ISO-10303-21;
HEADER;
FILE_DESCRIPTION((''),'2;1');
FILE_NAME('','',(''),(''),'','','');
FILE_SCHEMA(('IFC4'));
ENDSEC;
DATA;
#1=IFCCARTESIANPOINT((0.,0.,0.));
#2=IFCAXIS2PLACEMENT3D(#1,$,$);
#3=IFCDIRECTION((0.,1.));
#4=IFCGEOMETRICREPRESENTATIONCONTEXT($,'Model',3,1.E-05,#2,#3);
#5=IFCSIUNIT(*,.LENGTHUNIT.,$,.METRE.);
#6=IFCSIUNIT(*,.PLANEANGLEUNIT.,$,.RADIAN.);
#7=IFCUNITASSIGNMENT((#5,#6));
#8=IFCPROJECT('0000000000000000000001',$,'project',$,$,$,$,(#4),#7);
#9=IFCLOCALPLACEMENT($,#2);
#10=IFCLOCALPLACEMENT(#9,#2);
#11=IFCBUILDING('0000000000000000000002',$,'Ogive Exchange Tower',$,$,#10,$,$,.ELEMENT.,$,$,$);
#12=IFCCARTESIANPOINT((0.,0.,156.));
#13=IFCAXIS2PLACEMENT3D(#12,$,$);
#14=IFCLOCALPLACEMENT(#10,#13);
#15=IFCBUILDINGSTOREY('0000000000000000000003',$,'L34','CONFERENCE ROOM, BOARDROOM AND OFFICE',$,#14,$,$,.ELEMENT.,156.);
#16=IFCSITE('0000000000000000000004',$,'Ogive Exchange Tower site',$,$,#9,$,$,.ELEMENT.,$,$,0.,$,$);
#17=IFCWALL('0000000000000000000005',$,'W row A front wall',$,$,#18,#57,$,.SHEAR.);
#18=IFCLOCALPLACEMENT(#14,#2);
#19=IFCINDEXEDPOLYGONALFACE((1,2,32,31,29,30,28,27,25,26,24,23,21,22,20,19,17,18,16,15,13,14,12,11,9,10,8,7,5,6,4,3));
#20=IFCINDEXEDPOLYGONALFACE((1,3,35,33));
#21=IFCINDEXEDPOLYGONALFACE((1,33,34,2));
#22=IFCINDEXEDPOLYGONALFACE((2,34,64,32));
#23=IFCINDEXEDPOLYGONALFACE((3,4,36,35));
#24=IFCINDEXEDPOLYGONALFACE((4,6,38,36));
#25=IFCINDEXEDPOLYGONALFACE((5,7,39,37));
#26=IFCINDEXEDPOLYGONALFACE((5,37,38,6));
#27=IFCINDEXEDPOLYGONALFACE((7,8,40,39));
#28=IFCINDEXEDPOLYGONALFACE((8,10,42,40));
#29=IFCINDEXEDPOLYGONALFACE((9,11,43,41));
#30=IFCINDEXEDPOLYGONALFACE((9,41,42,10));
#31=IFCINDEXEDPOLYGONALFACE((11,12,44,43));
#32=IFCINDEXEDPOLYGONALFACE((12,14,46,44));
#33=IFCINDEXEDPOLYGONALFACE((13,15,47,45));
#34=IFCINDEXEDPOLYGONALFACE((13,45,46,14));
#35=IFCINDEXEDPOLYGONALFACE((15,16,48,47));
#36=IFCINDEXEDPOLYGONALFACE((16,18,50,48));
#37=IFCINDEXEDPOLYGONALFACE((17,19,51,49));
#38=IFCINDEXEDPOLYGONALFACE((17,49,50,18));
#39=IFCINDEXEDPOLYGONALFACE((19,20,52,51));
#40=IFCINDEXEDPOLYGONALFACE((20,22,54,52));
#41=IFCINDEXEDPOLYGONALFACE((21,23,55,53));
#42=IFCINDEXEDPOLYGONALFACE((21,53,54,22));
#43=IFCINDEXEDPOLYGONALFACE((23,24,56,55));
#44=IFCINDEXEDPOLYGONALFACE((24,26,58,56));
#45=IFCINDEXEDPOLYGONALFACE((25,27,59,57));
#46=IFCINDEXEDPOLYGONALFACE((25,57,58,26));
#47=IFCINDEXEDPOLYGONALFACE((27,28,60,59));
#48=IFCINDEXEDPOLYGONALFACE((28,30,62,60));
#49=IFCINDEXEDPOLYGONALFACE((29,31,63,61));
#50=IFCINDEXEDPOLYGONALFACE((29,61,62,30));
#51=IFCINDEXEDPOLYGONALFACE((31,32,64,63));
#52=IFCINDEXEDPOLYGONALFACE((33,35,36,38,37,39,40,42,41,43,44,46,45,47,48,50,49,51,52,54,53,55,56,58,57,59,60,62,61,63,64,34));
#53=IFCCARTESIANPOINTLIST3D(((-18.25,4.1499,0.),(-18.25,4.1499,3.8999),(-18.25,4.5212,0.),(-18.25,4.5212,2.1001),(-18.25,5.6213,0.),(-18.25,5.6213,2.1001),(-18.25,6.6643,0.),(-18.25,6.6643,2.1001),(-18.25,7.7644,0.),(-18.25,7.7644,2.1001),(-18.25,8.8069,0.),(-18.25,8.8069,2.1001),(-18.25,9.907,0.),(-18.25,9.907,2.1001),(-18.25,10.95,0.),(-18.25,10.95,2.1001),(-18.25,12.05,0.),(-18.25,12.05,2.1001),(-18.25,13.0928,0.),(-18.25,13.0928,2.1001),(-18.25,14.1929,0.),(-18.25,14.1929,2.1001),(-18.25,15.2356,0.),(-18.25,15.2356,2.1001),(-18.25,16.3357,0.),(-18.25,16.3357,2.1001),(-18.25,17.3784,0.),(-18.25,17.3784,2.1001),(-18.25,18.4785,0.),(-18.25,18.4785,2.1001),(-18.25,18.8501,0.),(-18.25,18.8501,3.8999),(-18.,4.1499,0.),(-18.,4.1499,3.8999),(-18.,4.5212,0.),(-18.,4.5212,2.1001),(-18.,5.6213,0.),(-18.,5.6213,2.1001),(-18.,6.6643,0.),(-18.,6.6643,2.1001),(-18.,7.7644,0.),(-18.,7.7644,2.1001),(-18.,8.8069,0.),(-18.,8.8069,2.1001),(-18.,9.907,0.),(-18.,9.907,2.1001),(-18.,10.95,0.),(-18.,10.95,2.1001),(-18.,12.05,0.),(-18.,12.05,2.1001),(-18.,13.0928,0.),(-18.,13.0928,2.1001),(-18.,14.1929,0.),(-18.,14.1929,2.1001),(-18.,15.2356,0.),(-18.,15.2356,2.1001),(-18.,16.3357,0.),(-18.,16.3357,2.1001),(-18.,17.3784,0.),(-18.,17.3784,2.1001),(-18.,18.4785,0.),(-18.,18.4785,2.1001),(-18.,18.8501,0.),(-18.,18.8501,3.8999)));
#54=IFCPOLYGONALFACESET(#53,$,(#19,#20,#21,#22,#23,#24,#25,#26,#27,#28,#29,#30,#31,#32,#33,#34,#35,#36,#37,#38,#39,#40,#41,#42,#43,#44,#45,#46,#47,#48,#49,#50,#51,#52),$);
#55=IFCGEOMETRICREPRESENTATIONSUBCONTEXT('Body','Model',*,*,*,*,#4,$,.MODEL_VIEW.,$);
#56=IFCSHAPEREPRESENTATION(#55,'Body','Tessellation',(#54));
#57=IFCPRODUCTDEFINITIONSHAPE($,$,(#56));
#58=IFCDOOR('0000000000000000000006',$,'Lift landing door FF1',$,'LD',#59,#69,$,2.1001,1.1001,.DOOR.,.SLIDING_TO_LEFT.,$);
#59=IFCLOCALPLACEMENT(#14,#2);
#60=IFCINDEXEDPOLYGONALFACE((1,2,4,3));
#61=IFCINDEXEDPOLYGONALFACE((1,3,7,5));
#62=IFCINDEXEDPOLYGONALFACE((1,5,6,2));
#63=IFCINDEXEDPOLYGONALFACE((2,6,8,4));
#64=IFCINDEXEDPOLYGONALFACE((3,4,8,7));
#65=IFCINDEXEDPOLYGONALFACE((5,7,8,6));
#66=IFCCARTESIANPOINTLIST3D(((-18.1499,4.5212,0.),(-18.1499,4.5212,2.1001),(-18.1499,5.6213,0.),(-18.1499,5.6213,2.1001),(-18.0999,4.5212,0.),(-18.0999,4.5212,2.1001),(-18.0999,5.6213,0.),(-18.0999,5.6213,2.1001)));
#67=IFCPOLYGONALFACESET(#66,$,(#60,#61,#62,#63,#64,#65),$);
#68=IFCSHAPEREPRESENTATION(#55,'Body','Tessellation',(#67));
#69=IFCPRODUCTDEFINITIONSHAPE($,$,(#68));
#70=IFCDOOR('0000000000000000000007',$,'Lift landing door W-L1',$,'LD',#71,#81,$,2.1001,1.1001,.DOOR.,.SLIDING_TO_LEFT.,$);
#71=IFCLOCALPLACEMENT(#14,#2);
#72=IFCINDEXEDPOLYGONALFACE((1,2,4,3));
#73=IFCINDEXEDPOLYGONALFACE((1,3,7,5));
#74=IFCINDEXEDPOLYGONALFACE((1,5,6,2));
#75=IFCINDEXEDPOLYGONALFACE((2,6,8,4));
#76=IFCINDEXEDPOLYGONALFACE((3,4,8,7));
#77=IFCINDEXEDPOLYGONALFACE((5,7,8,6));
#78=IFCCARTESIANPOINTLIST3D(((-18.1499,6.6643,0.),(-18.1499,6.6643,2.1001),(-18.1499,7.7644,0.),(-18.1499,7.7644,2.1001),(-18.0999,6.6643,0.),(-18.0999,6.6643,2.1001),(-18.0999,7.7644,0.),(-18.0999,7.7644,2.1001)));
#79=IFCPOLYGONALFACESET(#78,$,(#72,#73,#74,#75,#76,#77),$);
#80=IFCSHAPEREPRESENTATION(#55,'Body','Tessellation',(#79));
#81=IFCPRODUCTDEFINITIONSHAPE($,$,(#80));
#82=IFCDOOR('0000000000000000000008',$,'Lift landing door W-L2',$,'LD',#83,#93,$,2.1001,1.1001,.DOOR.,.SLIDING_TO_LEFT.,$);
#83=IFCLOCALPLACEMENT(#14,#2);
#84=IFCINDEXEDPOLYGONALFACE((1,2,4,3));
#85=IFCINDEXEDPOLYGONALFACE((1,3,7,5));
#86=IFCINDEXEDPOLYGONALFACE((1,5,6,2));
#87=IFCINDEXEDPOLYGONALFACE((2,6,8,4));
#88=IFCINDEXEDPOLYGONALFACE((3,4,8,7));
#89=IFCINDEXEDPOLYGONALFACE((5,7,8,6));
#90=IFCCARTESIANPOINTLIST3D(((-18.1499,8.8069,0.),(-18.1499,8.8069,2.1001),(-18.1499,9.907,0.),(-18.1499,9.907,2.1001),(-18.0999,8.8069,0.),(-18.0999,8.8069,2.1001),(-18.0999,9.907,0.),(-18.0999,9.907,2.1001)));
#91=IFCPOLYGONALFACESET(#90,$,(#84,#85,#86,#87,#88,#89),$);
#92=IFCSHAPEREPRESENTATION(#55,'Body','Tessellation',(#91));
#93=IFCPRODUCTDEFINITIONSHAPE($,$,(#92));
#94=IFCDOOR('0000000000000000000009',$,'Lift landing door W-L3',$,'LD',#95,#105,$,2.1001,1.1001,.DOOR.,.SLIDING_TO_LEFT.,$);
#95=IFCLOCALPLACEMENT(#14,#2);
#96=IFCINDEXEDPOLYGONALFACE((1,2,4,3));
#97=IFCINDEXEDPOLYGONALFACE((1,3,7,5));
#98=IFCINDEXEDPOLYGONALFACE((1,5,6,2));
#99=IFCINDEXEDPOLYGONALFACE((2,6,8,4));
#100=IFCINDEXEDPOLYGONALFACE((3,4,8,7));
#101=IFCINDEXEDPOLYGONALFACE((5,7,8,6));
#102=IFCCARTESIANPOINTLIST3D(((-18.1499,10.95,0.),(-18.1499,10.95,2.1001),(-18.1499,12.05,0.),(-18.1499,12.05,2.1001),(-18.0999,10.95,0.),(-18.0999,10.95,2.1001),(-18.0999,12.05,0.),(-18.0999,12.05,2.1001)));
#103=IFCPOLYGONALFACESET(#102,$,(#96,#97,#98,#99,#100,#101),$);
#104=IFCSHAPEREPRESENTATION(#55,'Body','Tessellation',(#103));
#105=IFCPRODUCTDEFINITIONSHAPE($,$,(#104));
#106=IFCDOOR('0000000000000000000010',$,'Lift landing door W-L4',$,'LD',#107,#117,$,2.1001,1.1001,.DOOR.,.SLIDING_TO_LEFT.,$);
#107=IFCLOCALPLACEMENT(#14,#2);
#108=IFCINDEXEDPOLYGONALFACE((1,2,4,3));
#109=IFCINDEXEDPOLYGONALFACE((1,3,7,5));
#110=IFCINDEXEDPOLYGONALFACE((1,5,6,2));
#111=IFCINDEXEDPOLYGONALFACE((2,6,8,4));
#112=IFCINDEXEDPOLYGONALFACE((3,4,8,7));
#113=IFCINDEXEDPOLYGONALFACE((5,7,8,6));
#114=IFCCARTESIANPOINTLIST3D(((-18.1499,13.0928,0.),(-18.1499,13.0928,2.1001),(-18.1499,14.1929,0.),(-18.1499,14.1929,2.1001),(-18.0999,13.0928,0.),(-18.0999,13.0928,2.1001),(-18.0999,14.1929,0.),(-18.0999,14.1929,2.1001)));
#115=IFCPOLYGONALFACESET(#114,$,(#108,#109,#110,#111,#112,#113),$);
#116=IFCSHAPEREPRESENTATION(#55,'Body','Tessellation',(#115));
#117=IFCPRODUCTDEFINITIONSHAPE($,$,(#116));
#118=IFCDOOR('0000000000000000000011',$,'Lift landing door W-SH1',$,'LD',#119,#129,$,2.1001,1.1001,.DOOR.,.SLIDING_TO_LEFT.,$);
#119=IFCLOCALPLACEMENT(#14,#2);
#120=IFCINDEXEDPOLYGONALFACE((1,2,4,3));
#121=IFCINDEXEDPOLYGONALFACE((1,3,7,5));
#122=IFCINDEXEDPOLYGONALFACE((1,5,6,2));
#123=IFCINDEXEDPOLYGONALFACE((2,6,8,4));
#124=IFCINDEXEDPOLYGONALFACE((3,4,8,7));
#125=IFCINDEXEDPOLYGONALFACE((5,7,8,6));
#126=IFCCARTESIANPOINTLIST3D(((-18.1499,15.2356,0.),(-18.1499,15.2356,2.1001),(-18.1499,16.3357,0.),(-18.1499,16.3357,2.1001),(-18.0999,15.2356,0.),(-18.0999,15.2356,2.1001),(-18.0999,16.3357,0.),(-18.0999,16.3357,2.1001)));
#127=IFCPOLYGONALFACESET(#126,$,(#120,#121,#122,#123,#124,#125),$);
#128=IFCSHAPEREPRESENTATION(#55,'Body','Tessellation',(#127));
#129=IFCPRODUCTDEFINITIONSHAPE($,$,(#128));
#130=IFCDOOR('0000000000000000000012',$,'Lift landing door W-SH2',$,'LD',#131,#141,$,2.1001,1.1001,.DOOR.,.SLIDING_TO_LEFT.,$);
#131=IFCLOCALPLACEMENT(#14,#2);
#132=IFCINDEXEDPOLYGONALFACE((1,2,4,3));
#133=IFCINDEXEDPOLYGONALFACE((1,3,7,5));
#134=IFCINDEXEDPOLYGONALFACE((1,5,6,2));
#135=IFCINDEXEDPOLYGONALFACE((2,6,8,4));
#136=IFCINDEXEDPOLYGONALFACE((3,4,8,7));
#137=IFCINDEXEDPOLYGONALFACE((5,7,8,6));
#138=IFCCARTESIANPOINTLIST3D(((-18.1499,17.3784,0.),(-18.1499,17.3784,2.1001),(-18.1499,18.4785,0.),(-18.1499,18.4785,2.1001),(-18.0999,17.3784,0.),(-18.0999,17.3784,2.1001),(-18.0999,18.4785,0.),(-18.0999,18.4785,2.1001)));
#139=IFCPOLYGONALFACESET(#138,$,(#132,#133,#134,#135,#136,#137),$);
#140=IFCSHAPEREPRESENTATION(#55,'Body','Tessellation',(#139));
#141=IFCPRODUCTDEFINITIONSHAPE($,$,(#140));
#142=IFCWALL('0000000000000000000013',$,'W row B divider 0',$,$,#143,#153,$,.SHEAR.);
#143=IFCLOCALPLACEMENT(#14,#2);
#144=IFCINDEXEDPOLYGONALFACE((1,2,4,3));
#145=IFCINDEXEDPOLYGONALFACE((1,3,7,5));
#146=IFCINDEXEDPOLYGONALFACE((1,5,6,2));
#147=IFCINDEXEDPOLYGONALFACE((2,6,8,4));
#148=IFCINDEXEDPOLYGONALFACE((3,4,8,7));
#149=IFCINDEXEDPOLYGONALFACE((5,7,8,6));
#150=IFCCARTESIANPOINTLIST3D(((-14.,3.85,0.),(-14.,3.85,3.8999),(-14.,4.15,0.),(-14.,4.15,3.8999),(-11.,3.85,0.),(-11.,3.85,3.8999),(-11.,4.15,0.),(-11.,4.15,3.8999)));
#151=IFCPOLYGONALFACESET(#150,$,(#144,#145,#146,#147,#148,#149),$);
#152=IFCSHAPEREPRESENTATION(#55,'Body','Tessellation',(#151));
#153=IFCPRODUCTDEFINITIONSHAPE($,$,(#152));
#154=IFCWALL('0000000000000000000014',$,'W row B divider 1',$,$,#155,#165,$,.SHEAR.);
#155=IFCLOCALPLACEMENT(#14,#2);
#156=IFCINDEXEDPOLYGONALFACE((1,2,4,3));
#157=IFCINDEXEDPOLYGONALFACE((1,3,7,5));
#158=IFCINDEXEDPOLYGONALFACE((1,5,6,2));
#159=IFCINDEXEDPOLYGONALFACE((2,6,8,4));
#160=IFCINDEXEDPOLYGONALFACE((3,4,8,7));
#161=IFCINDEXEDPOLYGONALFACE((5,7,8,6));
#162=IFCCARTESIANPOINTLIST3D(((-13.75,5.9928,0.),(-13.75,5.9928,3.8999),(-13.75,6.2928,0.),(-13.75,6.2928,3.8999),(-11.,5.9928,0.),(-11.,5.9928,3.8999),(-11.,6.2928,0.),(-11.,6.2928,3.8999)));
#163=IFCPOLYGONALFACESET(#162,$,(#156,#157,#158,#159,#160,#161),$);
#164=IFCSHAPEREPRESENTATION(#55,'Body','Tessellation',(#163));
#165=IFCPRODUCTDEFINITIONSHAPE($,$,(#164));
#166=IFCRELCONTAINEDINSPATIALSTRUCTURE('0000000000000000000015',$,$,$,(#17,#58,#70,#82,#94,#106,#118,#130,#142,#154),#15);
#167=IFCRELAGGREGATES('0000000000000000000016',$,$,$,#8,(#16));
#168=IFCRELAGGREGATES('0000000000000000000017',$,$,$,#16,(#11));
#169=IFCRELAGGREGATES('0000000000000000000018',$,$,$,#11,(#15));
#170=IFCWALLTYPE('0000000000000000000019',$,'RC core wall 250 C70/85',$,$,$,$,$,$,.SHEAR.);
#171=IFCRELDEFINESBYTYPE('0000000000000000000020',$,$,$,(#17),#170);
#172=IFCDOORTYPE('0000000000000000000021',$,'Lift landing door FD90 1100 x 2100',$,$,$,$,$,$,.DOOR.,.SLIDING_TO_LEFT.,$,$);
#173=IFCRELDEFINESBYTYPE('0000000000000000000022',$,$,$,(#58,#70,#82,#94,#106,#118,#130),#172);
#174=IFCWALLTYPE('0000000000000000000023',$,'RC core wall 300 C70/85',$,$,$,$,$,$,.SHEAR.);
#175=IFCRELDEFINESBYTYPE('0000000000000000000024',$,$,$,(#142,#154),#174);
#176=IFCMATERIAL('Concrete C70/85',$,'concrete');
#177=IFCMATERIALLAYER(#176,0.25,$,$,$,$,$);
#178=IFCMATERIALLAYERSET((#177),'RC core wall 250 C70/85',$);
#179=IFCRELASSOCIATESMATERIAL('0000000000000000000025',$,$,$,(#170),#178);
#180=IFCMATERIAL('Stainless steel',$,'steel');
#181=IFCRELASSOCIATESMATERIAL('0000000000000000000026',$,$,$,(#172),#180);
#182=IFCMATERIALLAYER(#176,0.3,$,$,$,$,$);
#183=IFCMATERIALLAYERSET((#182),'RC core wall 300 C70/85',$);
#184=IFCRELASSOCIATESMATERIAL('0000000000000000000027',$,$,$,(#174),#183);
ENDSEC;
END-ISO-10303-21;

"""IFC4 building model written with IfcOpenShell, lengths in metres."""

from ifc_helpers import new_model, si_unit, direction, frame, frame_2d, origin, place, context, subcontext, project, spatial, rectangle, extrude, material, layer, layer_set, type_object, element, fill, save


model = new_model("IFC4")

# Units and contexts
model_context = context("Model", 3, precision=1e-05, world=origin(), true_north=direction((0.0, 1.0)))
body_context = subcontext(model_context, "Body", "Model", "MODEL_VIEW")
ifc_project = project(units=[si_unit("LENGTHUNIT", "METRE"), si_unit("PLANEANGLEUNIT", "RADIAN")], contexts=[model_context])

# Site, building, storey
site_placement = place(None, origin())
site = spatial("IfcSite", under=ifc_project, at=site_placement, Name="Ogive Exchange Tower site", CompositionType="ELEMENT", RefElevation=0.0)
building_placement = place(site_placement, origin())
building = spatial("IfcBuilding", under=site, at=building_placement, Name="Ogive Exchange Tower", CompositionType="ELEMENT")
storey_placement = place(building_placement, frame((0.0, 0.0, 156.0)))
storey = spatial("IfcBuildingStorey", under=building, at=storey_placement, Name="L34", Description="CONFERENCE ROOM, BOARDROOM AND OFFICE", CompositionType="ELEMENT", Elevation=156.0)

# Shared definitions
ifc_material_1 = material(Name="Concrete C70/85", Category="concrete")
ifc_layer_1 = layer(ifc_material_1, 0.25)
ifc_layer_set_1 = layer_set([ifc_layer_1], Name="RC core wall 250 C70/85")
wall_type_1 = type_object("IfcWallType", Name="RC core wall 250 C70/85", PredefinedType="SHEAR", material=ifc_layer_set_1)

# Wall, openings, doors
wall_1_placement = place(storey_placement, frame((-18.125, 4.1499, 0.0), z_axis=(0.0, 0.0, 1.0), x_axis=(0.0, 1.0, 0.0)))
wall_1 = element("IfcWall", 1, at=wall_1_placement, inside=storey, type_object=wall_type_1, Name="W row A front wall", PredefinedType="SHEAR", context=body_context, shape_type="SweptSolid", body=[
    extrude(rectangle(XDim=14.7002, YDim=0.25, at=frame_2d((7.3501, 0.0))), origin(), (0.0, 0.0, 1.0), 3.8999),
])
opening_1_placement = place(wall_1_placement, frame((0.3713, 0.0, 0.0)))
opening_1 = element("IfcOpeningElement", 2, at=opening_1_placement, cuts=wall_1, PredefinedType="OPENING", context=body_context, shape_type="SweptSolid", body=[
    extrude(rectangle(XDim=1.1001, YDim=2.1001, at=frame_2d((0.55, 1.05))), frame((0.0, 0.135, 0.0), z_axis=(0.0, -1.0, 0.0), x_axis=(1.0, 0.0, 0.0)), (0.0, 0.0, 1.0), 0.27),
])
opening_2_placement = place(wall_1_placement, frame((2.5144, 0.0, 0.0)))
opening_2 = element("IfcOpeningElement", 3, at=opening_2_placement, cuts=wall_1, PredefinedType="OPENING", context=body_context, shape_type="SweptSolid", body=[
    extrude(rectangle(XDim=1.1001, YDim=2.1001, at=frame_2d((0.55, 1.05))), frame((0.0, 0.135, 0.0), z_axis=(0.0, -1.0, 0.0), x_axis=(1.0, 0.0, 0.0)), (0.0, 0.0, 1.0), 0.27),
])
opening_3_placement = place(wall_1_placement, frame((4.657, 0.0, 0.0)))
opening_3 = element("IfcOpeningElement", 4, at=opening_3_placement, cuts=wall_1, PredefinedType="OPENING", context=body_context, shape_type="SweptSolid", body=[
    extrude(rectangle(XDim=1.1001, YDim=2.1001, at=frame_2d((0.55, 1.05))), frame((0.0, 0.135, 0.0), z_axis=(0.0, -1.0, 0.0), x_axis=(1.0, 0.0, 0.0)), (0.0, 0.0, 1.0), 0.27),
])
opening_4_placement = place(wall_1_placement, frame((6.8, 0.0, 0.0)))
opening_4 = element("IfcOpeningElement", 5, at=opening_4_placement, cuts=wall_1, PredefinedType="OPENING", context=body_context, shape_type="SweptSolid", body=[
    extrude(rectangle(XDim=1.1001, YDim=2.1001, at=frame_2d((0.55, 1.05))), frame((0.0, 0.135, 0.0), z_axis=(0.0, -1.0, 0.0), x_axis=(1.0, 0.0, 0.0)), (0.0, 0.0, 1.0), 0.27),
])
opening_5_placement = place(wall_1_placement, frame((8.9429, 0.0, 0.0)))
opening_5 = element("IfcOpeningElement", 6, at=opening_5_placement, cuts=wall_1, PredefinedType="OPENING", context=body_context, shape_type="SweptSolid", body=[
    extrude(rectangle(XDim=1.1001, YDim=2.1001, at=frame_2d((0.55, 1.05))), frame((0.0, 0.135, 0.0), z_axis=(0.0, -1.0, 0.0), x_axis=(1.0, 0.0, 0.0)), (0.0, 0.0, 1.0), 0.27),
])
opening_6_placement = place(wall_1_placement, frame((11.0857, 0.0, 0.0)))
opening_6 = element("IfcOpeningElement", 7, at=opening_6_placement, cuts=wall_1, PredefinedType="OPENING", context=body_context, shape_type="SweptSolid", body=[
    extrude(rectangle(XDim=1.1001, YDim=2.1001, at=frame_2d((0.55, 1.05))), frame((0.0, 0.135, 0.0), z_axis=(0.0, -1.0, 0.0), x_axis=(1.0, 0.0, 0.0)), (0.0, 0.0, 1.0), 0.27),
])
opening_7_placement = place(wall_1_placement, frame((13.2285, 0.0, 0.0)))
opening_7 = element("IfcOpeningElement", 8, at=opening_7_placement, cuts=wall_1, PredefinedType="OPENING", context=body_context, shape_type="SweptSolid", body=[
    extrude(rectangle(XDim=1.1001, YDim=2.1001, at=frame_2d((0.55, 1.05))), frame((0.0, 0.135, 0.0), z_axis=(0.0, -1.0, 0.0), x_axis=(1.0, 0.0, 0.0)), (0.0, 0.0, 1.0), 0.27),
])
ifc_material_2 = material(Name="Stainless steel", Category="steel")
door_type_1 = type_object("IfcDoorType", Name="Lift landing door FD90 1100 x 2100", OperationType="SLIDING_TO_LEFT", PredefinedType="DOOR", material=ifc_material_2)
door_1_placement = place(opening_1_placement, origin())
door_1 = element("IfcDoor", 9, at=door_1_placement, inside=storey, type_object=door_type_1, Name="Lift landing door FF1", ObjectType="LD", OperationType="SLIDING_TO_LEFT", OverallHeight=2.1001, OverallWidth=1.1001, PredefinedType="DOOR", context=body_context, shape_type="SweptSolid", body=[
    extrude(rectangle(XDim=1.1001, YDim=2.1001, at=frame_2d((0.55, 1.05))), frame((0.0, 0.0249, 0.0), z_axis=(0.0, -1.0, 0.0), x_axis=(1.0, 0.0, 0.0)), (0.0, 0.0, 1.0), 0.05),
])
fill(opening_1, door_1)
door_2_placement = place(opening_2_placement, origin())
door_2 = element("IfcDoor", 10, at=door_2_placement, inside=storey, type_object=door_type_1, Name="Lift landing door W-L1", ObjectType="LD", OperationType="SLIDING_TO_LEFT", OverallHeight=2.1001, OverallWidth=1.1001, PredefinedType="DOOR", context=body_context, shape_type="SweptSolid", body=[
    extrude(rectangle(XDim=1.1001, YDim=2.1001, at=frame_2d((0.55, 1.05))), frame((0.0, 0.0249, 0.0), z_axis=(0.0, -1.0, 0.0), x_axis=(1.0, 0.0, 0.0)), (0.0, 0.0, 1.0), 0.05),
])
fill(opening_2, door_2)
door_3_placement = place(opening_3_placement, origin())
door_3 = element("IfcDoor", 11, at=door_3_placement, inside=storey, type_object=door_type_1, Name="Lift landing door W-L2", ObjectType="LD", OperationType="SLIDING_TO_LEFT", OverallHeight=2.1001, OverallWidth=1.1001, PredefinedType="DOOR", context=body_context, shape_type="SweptSolid", body=[
    extrude(rectangle(XDim=1.1001, YDim=2.1001, at=frame_2d((0.55, 1.05))), frame((0.0, 0.0249, 0.0), z_axis=(0.0, -1.0, 0.0), x_axis=(1.0, 0.0, 0.0)), (0.0, 0.0, 1.0), 0.05),
])
fill(opening_3, door_3)
door_4_placement = place(opening_4_placement, origin())
door_4 = element("IfcDoor", 12, at=door_4_placement, inside=storey, type_object=door_type_1, Name="Lift landing door W-L3", ObjectType="LD", OperationType="SLIDING_TO_LEFT", OverallHeight=2.1001, OverallWidth=1.1001, PredefinedType="DOOR", context=body_context, shape_type="SweptSolid", body=[
    extrude(rectangle(XDim=1.1001, YDim=2.1001, at=frame_2d((0.55, 1.05))), frame((0.0, 0.0249, 0.0), z_axis=(0.0, -1.0, 0.0), x_axis=(1.0, 0.0, 0.0)), (0.0, 0.0, 1.0), 0.05),
])
fill(opening_4, door_4)
door_5_placement = place(opening_5_placement, origin())
door_5 = element("IfcDoor", 13, at=door_5_placement, inside=storey, type_object=door_type_1, Name="Lift landing door W-L4", ObjectType="LD", OperationType="SLIDING_TO_LEFT", OverallHeight=2.1001, OverallWidth=1.1001, PredefinedType="DOOR", context=body_context, shape_type="SweptSolid", body=[
    extrude(rectangle(XDim=1.1001, YDim=2.1001, at=frame_2d((0.55, 1.05))), frame((0.0, 0.0249, 0.0), z_axis=(0.0, -1.0, 0.0), x_axis=(1.0, 0.0, 0.0)), (0.0, 0.0, 1.0), 0.05),
])
fill(opening_5, door_5)
door_6_placement = place(opening_6_placement, origin())
door_6 = element("IfcDoor", 14, at=door_6_placement, inside=storey, type_object=door_type_1, Name="Lift landing door W-SH1", ObjectType="LD", OperationType="SLIDING_TO_LEFT", OverallHeight=2.1001, OverallWidth=1.1001, PredefinedType="DOOR", context=body_context, shape_type="SweptSolid", body=[
    extrude(rectangle(XDim=1.1001, YDim=2.1001, at=frame_2d((0.55, 1.05))), frame((0.0, 0.0249, 0.0), z_axis=(0.0, -1.0, 0.0), x_axis=(1.0, 0.0, 0.0)), (0.0, 0.0, 1.0), 0.05),
])
fill(opening_6, door_6)
door_7_placement = place(opening_7_placement, origin())
door_7 = element("IfcDoor", 15, at=door_7_placement, inside=storey, type_object=door_type_1, Name="Lift landing door W-SH2", ObjectType="LD", OperationType="SLIDING_TO_LEFT", OverallHeight=2.1001, OverallWidth=1.1001, PredefinedType="DOOR", context=body_context, shape_type="SweptSolid", body=[
    extrude(rectangle(XDim=1.1001, YDim=2.1001, at=frame_2d((0.55, 1.05))), frame((0.0, 0.0249, 0.0), z_axis=(0.0, -1.0, 0.0), x_axis=(1.0, 0.0, 0.0)), (0.0, 0.0, 1.0), 0.05),
])
fill(opening_7, door_7)

# Walls
ifc_layer_2 = layer(ifc_material_1, 0.3)
ifc_layer_set_2 = layer_set([ifc_layer_2], Name="RC core wall 300 C70/85")
wall_type_2 = type_object("IfcWallType", Name="RC core wall 300 C70/85", PredefinedType="SHEAR", material=ifc_layer_set_2)
wall_2_placement = place(storey_placement, frame((-14.0, 4.0, 0.0), z_axis=(0.0, 0.0, 1.0), x_axis=(1.0, 0.0, 0.0)))
element("IfcWall", 16, at=wall_2_placement, inside=storey, type_object=wall_type_2, Name="W row B divider 0", PredefinedType="SHEAR", context=body_context, shape_type="SweptSolid", body=[
    extrude(rectangle(XDim=3.0, YDim=0.3, at=frame_2d((1.5, 0.0))), origin(), (0.0, 0.0, 1.0), 3.8999),
])
wall_3_placement = place(storey_placement, frame((-13.75, 6.1428, 0.0), z_axis=(0.0, 0.0, 1.0), x_axis=(1.0, 0.0, 0.0)))
element("IfcWall", 17, at=wall_3_placement, inside=storey, type_object=wall_type_2, Name="W row B divider 1", PredefinedType="SHEAR", context=body_context, shape_type="SweptSolid", body=[
    extrude(rectangle(XDim=2.75, YDim=0.3, at=frame_2d((1.375, 0.0))), origin(), (0.0, 0.0, 1.0), 3.8999),
])

save(model, "model.ifc")
